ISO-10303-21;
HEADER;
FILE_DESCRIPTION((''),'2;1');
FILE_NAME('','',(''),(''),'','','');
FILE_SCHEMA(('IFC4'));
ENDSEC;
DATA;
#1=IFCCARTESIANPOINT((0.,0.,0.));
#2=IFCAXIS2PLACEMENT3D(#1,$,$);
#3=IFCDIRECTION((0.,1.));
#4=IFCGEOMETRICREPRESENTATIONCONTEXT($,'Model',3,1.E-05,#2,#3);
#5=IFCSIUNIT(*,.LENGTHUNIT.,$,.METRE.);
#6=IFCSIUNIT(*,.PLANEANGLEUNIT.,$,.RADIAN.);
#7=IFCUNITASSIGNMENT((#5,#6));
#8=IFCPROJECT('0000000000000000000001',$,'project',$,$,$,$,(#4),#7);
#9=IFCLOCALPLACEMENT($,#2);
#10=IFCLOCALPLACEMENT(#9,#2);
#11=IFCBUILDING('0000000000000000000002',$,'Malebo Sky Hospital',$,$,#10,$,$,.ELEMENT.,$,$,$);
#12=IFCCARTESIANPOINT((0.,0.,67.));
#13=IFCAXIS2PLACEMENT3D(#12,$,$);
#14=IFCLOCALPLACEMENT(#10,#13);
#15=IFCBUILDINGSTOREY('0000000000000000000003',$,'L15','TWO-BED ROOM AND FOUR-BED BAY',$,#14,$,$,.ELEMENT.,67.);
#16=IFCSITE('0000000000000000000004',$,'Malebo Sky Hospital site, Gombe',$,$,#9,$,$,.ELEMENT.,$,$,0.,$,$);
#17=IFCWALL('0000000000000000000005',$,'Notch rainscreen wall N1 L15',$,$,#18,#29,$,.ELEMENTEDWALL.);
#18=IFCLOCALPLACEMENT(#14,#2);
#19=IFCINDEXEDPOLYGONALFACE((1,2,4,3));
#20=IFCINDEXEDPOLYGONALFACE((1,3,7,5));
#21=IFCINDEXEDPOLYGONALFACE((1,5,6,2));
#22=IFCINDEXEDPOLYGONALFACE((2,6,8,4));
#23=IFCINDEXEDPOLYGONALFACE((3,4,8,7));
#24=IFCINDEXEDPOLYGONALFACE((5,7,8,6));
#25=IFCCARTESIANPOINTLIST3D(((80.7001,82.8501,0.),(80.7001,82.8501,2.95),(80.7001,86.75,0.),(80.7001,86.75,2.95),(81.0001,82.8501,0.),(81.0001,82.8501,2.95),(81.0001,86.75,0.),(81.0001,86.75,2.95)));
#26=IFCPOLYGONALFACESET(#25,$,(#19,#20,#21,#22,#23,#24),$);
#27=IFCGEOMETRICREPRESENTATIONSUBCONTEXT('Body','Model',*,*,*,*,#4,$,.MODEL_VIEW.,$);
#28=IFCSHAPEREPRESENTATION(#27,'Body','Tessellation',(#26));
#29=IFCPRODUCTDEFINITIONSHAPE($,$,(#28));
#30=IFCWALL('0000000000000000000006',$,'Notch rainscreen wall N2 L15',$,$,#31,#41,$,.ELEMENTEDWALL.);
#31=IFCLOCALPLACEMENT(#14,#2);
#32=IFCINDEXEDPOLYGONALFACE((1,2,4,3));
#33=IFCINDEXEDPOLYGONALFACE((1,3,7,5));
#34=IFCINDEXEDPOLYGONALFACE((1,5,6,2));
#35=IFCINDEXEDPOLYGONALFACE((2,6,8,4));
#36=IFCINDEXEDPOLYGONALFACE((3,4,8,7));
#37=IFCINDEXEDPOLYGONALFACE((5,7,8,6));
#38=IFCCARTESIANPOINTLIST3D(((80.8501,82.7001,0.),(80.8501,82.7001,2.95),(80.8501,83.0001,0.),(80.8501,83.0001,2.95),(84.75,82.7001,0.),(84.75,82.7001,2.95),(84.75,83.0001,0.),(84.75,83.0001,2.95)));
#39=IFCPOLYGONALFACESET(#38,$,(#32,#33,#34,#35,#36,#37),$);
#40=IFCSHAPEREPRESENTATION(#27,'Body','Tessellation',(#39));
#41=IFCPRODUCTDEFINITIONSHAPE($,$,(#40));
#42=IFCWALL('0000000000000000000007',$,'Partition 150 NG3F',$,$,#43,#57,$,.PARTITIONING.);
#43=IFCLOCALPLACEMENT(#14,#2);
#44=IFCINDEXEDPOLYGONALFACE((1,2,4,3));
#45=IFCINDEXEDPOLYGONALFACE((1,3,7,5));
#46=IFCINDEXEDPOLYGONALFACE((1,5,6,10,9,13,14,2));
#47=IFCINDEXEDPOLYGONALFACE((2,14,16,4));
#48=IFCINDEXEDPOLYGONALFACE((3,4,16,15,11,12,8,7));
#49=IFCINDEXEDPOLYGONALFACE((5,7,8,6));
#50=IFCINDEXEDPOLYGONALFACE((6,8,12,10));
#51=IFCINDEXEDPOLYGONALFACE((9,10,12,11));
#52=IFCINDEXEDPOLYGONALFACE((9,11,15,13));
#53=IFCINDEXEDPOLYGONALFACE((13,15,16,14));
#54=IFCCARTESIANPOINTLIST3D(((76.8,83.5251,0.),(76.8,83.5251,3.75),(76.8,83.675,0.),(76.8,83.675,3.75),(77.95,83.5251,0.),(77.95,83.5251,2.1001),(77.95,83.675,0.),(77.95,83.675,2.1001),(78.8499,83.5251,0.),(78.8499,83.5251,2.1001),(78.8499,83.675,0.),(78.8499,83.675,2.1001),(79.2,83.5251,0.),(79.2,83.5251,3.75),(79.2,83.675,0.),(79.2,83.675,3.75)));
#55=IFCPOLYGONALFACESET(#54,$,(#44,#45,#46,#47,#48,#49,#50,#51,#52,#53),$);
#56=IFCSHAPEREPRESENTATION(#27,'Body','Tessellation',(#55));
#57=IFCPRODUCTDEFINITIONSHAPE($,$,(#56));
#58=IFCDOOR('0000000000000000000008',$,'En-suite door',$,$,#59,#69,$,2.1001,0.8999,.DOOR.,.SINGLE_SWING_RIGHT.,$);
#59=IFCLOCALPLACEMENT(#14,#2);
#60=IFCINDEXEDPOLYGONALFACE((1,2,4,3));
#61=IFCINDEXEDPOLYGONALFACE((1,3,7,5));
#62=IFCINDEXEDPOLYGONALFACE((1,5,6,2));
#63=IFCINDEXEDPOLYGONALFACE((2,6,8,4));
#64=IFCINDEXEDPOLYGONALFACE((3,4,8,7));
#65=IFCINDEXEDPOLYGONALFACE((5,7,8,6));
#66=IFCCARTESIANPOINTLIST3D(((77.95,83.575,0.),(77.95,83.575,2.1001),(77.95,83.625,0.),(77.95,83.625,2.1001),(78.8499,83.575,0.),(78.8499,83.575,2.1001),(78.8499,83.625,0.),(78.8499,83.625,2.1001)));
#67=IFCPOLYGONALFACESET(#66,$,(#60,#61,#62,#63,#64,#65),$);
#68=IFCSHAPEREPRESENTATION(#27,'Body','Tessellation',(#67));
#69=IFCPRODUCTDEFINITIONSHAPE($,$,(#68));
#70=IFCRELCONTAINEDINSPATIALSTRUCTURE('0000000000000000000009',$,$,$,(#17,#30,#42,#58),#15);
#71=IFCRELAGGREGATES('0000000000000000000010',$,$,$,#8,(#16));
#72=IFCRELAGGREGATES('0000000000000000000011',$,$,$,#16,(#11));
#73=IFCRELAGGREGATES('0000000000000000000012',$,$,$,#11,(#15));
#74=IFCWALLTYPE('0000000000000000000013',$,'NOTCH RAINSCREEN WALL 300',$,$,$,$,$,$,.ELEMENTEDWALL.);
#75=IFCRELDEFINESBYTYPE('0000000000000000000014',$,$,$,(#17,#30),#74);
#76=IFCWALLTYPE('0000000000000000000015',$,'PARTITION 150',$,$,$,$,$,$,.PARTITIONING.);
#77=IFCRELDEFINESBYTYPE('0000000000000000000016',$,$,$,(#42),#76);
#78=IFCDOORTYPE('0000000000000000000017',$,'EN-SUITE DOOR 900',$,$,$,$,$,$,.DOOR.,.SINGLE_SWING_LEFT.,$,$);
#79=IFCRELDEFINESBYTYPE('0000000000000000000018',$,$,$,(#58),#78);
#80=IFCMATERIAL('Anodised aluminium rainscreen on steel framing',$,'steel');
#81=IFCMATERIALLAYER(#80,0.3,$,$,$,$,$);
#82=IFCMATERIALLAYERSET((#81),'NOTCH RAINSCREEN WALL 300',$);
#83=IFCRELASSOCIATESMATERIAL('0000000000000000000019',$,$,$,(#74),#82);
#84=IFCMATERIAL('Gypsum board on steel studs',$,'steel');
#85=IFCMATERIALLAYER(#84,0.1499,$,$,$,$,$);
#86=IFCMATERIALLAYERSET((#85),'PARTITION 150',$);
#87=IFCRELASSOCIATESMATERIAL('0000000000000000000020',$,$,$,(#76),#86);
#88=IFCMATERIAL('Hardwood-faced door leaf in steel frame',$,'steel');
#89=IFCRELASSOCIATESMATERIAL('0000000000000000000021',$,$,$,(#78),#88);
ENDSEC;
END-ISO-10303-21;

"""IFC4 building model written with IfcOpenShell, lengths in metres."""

from ifc_helpers import new_model, si_unit, direction, frame, frame_2d, origin, place, context, subcontext, project, spatial, rectangle, extrude, material, layer, layer_set, type_object, element, fill, save


model = new_model("IFC4")

# Units and contexts
model_context = context("Model", 3, precision=1e-05, world=origin(), true_north=direction((0.0, 1.0)))
body_context = subcontext(model_context, "Body", "Model", "MODEL_VIEW")
ifc_project = project(units=[si_unit("LENGTHUNIT", "METRE"), si_unit("PLANEANGLEUNIT", "RADIAN")], contexts=[model_context])

# Site, building, storey
site_placement = place(None, origin())
site = spatial("IfcSite", under=ifc_project, at=site_placement, Name="Malebo Sky Hospital site, Gombe", CompositionType="ELEMENT", RefElevation=0.0)
building_placement = place(site_placement, origin())
building = spatial("IfcBuilding", under=site, at=building_placement, Name="Malebo Sky Hospital", CompositionType="ELEMENT")
storey_placement = place(building_placement, frame((0.0, 0.0, 67.0)))
storey = spatial("IfcBuildingStorey", under=building, at=storey_placement, Name="L15", Description="TWO-BED ROOM AND FOUR-BED BAY", CompositionType="ELEMENT", Elevation=67.0)

# Walls
ifc_material_1 = material(Name="Anodised aluminium rainscreen on steel framing", Category="steel")
ifc_layer_1 = layer(ifc_material_1, 0.3)
ifc_layer_set_1 = layer_set([ifc_layer_1], Name="NOTCH RAINSCREEN WALL 300")
wall_type_1 = type_object("IfcWallType", Name="NOTCH RAINSCREEN WALL 300", PredefinedType="ELEMENTEDWALL", material=ifc_layer_set_1)
for number, where, z_axis, x_axis, name in (
    (1, (80.8501, 86.75, 0.0), (0.0, 0.0, 1.0), (0.0, -1.0, 0.0), "Notch rainscreen wall N1 L15"),
    (2, (80.8501, 82.8501, 0.0), (0.0, 0.0, 1.0), (1.0, 0.0, 0.0), "Notch rainscreen wall N2 L15"),
):
    element("IfcWall", number, at=place(storey_placement, frame(where, z_axis=z_axis, x_axis=x_axis)), inside=storey, type_object=wall_type_1, Name=name, PredefinedType="ELEMENTEDWALL", context=body_context, shape_type="SweptSolid", body=[
        extrude(rectangle(XDim=3.8999, YDim=0.3, at=frame_2d((1.95, 0.0))), origin(), (0.0, 0.0, 1.0), 2.95),
    ])

# Wall, opening, door
ifc_material_2 = material(Name="Gypsum board on steel studs", Category="steel")
ifc_layer_2 = layer(ifc_material_2, 0.1499)
ifc_layer_set_2 = layer_set([ifc_layer_2], Name="PARTITION 150")
wall_type_2 = type_object("IfcWallType", Name="PARTITION 150", PredefinedType="PARTITIONING", material=ifc_layer_set_2)
wall_placement = place(storey_placement, frame((76.8, 83.6001, 0.0), z_axis=(0.0, 0.0, 1.0), x_axis=(1.0, 0.0, 0.0)))
wall = element("IfcWall", 3, at=wall_placement, inside=storey, type_object=wall_type_2, Name="Partition 150 NG3F", PredefinedType="PARTITIONING", context=body_context, shape_type="SweptSolid", body=[
    extrude(rectangle(XDim=2.3999, YDim=0.1499, at=frame_2d((1.2, 0.0))), origin(), (0.0, 0.0, 1.0), 3.75),
])
opening_placement = place(wall_placement, frame((1.1499, 0.0, 0.0)))
opening = element("IfcOpeningElement", 4, at=opening_placement, cuts=wall, PredefinedType="OPENING", context=body_context, shape_type="SweptSolid", body=[
    extrude(rectangle(XDim=0.8999, YDim=2.1001, at=frame_2d((0.45, 1.05))), frame((0.0, 0.085, 0.0), z_axis=(0.0, -1.0, 0.0), x_axis=(1.0, 0.0, 0.0)), (0.0, 0.0, 1.0), 0.1699),
])
ifc_material_3 = material(Name="Hardwood-faced door leaf in steel frame", Category="steel")
door_type = type_object("IfcDoorType", Name="EN-SUITE DOOR 900", OperationType="SINGLE_SWING_LEFT", PredefinedType="DOOR", material=ifc_material_3)
door_placement = place(opening_placement, origin())
door = element("IfcDoor", 5, at=door_placement, inside=storey, type_object=door_type, Name="En-suite door", OperationType="SINGLE_SWING_RIGHT", OverallHeight=2.1001, OverallWidth=0.8999, PredefinedType="DOOR", context=body_context, shape_type="SweptSolid", body=[
    extrude(rectangle(XDim=0.8999, YDim=2.1001, at=frame_2d((0.45, 1.05))), frame((0.0, 0.0249, 0.0), z_axis=(0.0, -1.0, 0.0), x_axis=(1.0, 0.0, 0.0)), (0.0, 0.0, 1.0), 0.05),
])
fill(opening, door)

save(model, "model.ifc")
